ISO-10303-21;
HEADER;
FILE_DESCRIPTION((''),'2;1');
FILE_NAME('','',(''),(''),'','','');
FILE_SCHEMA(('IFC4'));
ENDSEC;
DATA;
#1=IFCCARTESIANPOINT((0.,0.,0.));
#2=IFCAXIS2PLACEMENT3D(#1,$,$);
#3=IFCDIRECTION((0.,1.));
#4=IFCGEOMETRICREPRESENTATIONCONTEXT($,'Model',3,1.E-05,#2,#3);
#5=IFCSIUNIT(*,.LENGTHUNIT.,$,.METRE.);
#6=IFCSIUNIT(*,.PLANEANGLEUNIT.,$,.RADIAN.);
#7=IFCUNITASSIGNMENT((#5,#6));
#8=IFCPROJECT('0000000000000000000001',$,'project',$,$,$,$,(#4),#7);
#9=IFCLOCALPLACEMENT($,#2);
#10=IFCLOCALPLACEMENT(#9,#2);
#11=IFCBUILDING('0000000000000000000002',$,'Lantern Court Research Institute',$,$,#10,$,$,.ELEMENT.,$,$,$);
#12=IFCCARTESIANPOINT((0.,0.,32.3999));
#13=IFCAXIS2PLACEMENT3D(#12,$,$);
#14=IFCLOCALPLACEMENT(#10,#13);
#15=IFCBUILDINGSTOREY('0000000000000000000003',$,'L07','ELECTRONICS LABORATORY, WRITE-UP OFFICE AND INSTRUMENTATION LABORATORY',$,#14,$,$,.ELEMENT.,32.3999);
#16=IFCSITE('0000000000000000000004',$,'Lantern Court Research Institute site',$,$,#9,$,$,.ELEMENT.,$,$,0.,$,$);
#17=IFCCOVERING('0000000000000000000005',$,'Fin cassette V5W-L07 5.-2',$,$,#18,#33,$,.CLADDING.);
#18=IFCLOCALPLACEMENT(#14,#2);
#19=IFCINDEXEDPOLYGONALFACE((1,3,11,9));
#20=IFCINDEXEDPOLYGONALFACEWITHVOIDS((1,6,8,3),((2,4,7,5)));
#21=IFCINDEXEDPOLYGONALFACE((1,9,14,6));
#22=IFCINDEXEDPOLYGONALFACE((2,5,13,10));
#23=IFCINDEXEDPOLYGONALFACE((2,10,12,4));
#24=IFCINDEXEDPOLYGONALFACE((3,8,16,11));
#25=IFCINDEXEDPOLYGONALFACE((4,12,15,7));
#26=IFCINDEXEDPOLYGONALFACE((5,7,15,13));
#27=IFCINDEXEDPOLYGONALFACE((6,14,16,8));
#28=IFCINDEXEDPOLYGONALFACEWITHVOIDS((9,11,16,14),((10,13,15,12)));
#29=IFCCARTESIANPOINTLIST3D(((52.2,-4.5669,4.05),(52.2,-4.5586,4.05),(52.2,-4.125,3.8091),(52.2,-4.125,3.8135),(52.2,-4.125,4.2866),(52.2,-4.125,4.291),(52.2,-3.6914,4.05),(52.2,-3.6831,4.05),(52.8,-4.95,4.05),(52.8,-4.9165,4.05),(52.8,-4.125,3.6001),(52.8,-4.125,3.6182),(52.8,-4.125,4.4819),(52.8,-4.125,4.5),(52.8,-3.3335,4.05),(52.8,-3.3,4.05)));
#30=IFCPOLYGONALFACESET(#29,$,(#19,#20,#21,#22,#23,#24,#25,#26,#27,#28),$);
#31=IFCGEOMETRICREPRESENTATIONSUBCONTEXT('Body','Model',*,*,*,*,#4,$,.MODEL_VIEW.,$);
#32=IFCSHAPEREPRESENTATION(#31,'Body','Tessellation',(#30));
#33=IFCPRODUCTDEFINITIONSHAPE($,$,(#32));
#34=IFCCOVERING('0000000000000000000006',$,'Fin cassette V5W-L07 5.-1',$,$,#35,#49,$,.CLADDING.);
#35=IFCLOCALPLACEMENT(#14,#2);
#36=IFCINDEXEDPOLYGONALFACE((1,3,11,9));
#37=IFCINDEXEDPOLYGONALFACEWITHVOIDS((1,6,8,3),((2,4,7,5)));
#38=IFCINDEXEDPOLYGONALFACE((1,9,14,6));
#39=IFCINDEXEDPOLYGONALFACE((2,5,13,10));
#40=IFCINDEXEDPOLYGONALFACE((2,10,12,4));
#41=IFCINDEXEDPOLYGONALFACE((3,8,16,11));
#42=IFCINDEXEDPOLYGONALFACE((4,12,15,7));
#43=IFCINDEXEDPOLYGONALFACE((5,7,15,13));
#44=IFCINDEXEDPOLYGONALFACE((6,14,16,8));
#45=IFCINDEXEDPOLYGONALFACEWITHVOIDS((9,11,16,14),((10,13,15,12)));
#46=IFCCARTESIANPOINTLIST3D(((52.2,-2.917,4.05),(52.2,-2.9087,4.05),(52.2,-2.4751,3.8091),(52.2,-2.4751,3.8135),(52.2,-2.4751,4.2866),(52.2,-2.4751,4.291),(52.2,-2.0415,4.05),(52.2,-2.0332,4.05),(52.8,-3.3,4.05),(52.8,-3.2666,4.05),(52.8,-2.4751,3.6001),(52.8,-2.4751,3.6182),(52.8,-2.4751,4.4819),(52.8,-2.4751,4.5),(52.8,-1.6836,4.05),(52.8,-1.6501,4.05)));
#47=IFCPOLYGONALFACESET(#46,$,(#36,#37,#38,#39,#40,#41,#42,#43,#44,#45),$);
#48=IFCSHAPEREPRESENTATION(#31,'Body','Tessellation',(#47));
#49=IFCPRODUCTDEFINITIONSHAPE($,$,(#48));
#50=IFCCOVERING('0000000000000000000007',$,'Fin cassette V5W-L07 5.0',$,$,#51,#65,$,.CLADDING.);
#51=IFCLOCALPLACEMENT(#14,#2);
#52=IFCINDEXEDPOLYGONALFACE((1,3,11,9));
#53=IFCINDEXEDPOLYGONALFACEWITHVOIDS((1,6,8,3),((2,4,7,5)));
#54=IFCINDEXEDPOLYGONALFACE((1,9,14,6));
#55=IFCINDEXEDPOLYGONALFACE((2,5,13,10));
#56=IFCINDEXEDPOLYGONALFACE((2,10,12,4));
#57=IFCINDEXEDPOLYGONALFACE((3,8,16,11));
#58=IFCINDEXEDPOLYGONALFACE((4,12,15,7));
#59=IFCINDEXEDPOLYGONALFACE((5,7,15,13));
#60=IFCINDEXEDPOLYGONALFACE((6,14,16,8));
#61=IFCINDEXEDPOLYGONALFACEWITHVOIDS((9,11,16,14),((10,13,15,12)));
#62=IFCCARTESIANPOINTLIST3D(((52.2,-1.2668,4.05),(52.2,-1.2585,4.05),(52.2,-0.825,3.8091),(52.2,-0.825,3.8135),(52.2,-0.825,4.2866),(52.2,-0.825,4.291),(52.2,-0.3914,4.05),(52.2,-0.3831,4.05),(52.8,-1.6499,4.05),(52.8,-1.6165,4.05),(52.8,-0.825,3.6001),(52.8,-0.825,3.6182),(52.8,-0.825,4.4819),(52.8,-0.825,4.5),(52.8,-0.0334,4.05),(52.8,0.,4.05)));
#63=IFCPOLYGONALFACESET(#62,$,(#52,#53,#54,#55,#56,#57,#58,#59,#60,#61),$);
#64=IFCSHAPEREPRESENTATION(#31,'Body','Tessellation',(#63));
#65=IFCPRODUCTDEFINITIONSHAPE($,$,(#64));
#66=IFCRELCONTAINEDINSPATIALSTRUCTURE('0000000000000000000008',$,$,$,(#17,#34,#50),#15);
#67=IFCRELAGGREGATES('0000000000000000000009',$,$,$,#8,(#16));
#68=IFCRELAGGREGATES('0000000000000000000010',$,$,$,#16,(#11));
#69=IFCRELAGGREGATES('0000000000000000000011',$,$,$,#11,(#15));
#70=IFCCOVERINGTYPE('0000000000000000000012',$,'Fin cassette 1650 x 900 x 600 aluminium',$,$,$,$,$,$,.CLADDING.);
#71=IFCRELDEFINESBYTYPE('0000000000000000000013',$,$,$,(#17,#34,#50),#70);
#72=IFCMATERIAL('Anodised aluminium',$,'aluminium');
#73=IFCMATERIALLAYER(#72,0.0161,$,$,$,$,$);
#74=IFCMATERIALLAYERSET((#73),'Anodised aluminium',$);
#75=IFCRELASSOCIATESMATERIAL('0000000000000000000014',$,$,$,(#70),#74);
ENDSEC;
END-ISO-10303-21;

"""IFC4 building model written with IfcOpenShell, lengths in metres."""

from ifc_helpers import new_model, entity, si_unit, direction, frame, origin, place, context, subcontext, project, spatial, material, layer, layer_set, type_object, element, save


model = new_model("IFC4")

# Units and contexts
model_context = context("Model", 3, precision=1e-05, world=origin(), true_north=direction((0.0, 1.0)))
body_context = subcontext(model_context, "Body", "Model", "MODEL_VIEW")
ifc_project = project(units=[si_unit("LENGTHUNIT", "METRE"), si_unit("PLANEANGLEUNIT", "RADIAN")], contexts=[model_context])

# Site, building, storey
site_placement = place(None, origin())
site = spatial("IfcSite", under=ifc_project, at=site_placement, Name="Lantern Court Research Institute site", CompositionType="ELEMENT", RefElevation=0.0)
building_placement = place(site_placement, origin())
building = spatial("IfcBuilding", under=site, at=building_placement, Name="Lantern Court Research Institute", CompositionType="ELEMENT")
storey_placement = place(building_placement, frame((0.0, 0.0, 32.3999)))
storey = spatial("IfcBuildingStorey", under=building, at=storey_placement, Name="L07", Description="ELECTRONICS LABORATORY, WRITE-UP OFFICE AND INSTRUMENTATION LABORATORY", CompositionType="ELEMENT", Elevation=32.3999)

# Coverings
ifc_material = material(Name="Anodised aluminium", Category="aluminium")
ifc_layer = layer(ifc_material, 0.0161)
ifc_layer_set = layer_set([ifc_layer], Name="Anodised aluminium")
covering_type = type_object("IfcCoveringType", Name="Fin cassette 1650 x 900 x 600 aluminium", PredefinedType="CLADDING", material=ifc_layer_set)
covering_1_placement = place(storey_placement, frame((52.8, -4.125, 4.05), z_axis=(-1.0, 0.0, 0.0), x_axis=(0.0, -1.0, 0.0)))
cartesian_point_1 = entity("IfcCartesianPoint", [0.825, 0.0])
cartesian_point_2 = entity("IfcCartesianPoint", [0.7915, 0.0])
cartesian_point_3 = entity("IfcCartesianPoint", [0.4419, 0.0])
cartesian_point_4 = entity("IfcCartesianPoint", [0.4336, 0.0])
element("IfcCovering", 1, at=covering_1_placement, inside=storey, type_object=covering_type, Name="Fin cassette V5W-L07 5.-2", PredefinedType="CLADDING", context=body_context, shape_type="SweptSolid", body=[
    entity("IfcExtrudedAreaSolidTapered", entity("IfcArbitraryProfileDefWithVoids", "AREA", None, entity("IfcPolyline", [cartesian_point_1, entity("IfcCartesianPoint", [0.0, 0.45]), entity("IfcCartesianPoint", [-0.825, 0.0]), entity("IfcCartesianPoint", [0.0, -0.45]), cartesian_point_1]), [entity("IfcPolyline", [cartesian_point_2, entity("IfcCartesianPoint", [0.0, 0.4319]), entity("IfcCartesianPoint", [-0.7915, 0.0]), entity("IfcCartesianPoint", [0.0, -0.4319]), cartesian_point_2])]), entity("IfcAxis2Placement3D", entity("IfcCartesianPoint", [0.0, 0.0, 0.0])), entity("IfcDirection", [0.0, 0.0, 1.0]), 0.6001, entity("IfcArbitraryProfileDefWithVoids", "AREA", None, entity("IfcPolyline", [cartesian_point_3, entity("IfcCartesianPoint", [0.0, 0.241]), entity("IfcCartesianPoint", [-0.4419, 0.0]), entity("IfcCartesianPoint", [0.0, -0.241]), cartesian_point_3]), [entity("IfcPolyline", [cartesian_point_4, entity("IfcCartesianPoint", [0.0, 0.2366]), entity("IfcCartesianPoint", [-0.4336, 0.0]), entity("IfcCartesianPoint", [0.0, -0.2366]), cartesian_point_4])])),
])
covering_2_placement = place(storey_placement, frame((52.8, -2.4751, 4.05), z_axis=(-1.0, 0.0, 0.0), x_axis=(0.0, -1.0, 0.0)))
cartesian_point_5 = entity("IfcCartesianPoint", [0.825, 0.0])
cartesian_point_6 = entity("IfcCartesianPoint", [0.7915, 0.0])
cartesian_point_7 = entity("IfcCartesianPoint", [0.4419, 0.0])
cartesian_point_8 = entity("IfcCartesianPoint", [0.4336, 0.0])
element("IfcCovering", 2, at=covering_2_placement, inside=storey, type_object=covering_type, Name="Fin cassette V5W-L07 5.-1", PredefinedType="CLADDING", context=body_context, shape_type="SweptSolid", body=[
    entity("IfcExtrudedAreaSolidTapered", entity("IfcArbitraryProfileDefWithVoids", "AREA", None, entity("IfcPolyline", [cartesian_point_5, entity("IfcCartesianPoint", [0.0, 0.45]), entity("IfcCartesianPoint", [-0.825, 0.0]), entity("IfcCartesianPoint", [0.0, -0.45]), cartesian_point_5]), [entity("IfcPolyline", [cartesian_point_6, entity("IfcCartesianPoint", [0.0, 0.4319]), entity("IfcCartesianPoint", [-0.7915, 0.0]), entity("IfcCartesianPoint", [0.0, -0.4319]), cartesian_point_6])]), entity("IfcAxis2Placement3D", entity("IfcCartesianPoint", [0.0, 0.0, 0.0])), entity("IfcDirection", [0.0, 0.0, 1.0]), 0.6001, entity("IfcArbitraryProfileDefWithVoids", "AREA", None, entity("IfcPolyline", [cartesian_point_7, entity("IfcCartesianPoint", [0.0, 0.241]), entity("IfcCartesianPoint", [-0.4419, 0.0]), entity("IfcCartesianPoint", [0.0, -0.241]), cartesian_point_7]), [entity("IfcPolyline", [cartesian_point_8, entity("IfcCartesianPoint", [0.0, 0.2366]), entity("IfcCartesianPoint", [-0.4336, 0.0]), entity("IfcCartesianPoint", [0.0, -0.2366]), cartesian_point_8])])),
])
covering_3_placement = place(storey_placement, frame((52.8, -0.825, 4.05), z_axis=(-1.0, 0.0, 0.0), x_axis=(0.0, -1.0, 0.0)))
cartesian_point_9 = entity("IfcCartesianPoint", [0.825, 0.0])
cartesian_point_10 = entity("IfcCartesianPoint", [0.7915, 0.0])
cartesian_point_11 = entity("IfcCartesianPoint", [0.4419, 0.0])
cartesian_point_12 = entity("IfcCartesianPoint", [0.4336, 0.0])
element("IfcCovering", 3, at=covering_3_placement, inside=storey, type_object=covering_type, Name="Fin cassette V5W-L07 5.0", PredefinedType="CLADDING", context=body_context, shape_type="SweptSolid", body=[
    entity("IfcExtrudedAreaSolidTapered", entity("IfcArbitraryProfileDefWithVoids", "AREA", None, entity("IfcPolyline", [cartesian_point_9, entity("IfcCartesianPoint", [0.0, 0.45]), entity("IfcCartesianPoint", [-0.825, 0.0]), entity("IfcCartesianPoint", [0.0, -0.45]), cartesian_point_9]), [entity("IfcPolyline", [cartesian_point_10, entity("IfcCartesianPoint", [0.0, 0.4319]), entity("IfcCartesianPoint", [-0.7915, 0.0]), entity("IfcCartesianPoint", [0.0, -0.4319]), cartesian_point_10])]), entity("IfcAxis2Placement3D", entity("IfcCartesianPoint", [0.0, 0.0, 0.0])), entity("IfcDirection", [0.0, 0.0, 1.0]), 0.6001, entity("IfcArbitraryProfileDefWithVoids", "AREA", None, entity("IfcPolyline", [cartesian_point_11, entity("IfcCartesianPoint", [0.0, 0.241]), entity("IfcCartesianPoint", [-0.4419, 0.0]), entity("IfcCartesianPoint", [0.0, -0.241]), cartesian_point_11]), [entity("IfcPolyline", [cartesian_point_12, entity("IfcCartesianPoint", [0.0, 0.2366]), entity("IfcCartesianPoint", [-0.4336, 0.0]), entity("IfcCartesianPoint", [0.0, -0.2366]), cartesian_point_12])])),
])

save(model, "model.ifc")
